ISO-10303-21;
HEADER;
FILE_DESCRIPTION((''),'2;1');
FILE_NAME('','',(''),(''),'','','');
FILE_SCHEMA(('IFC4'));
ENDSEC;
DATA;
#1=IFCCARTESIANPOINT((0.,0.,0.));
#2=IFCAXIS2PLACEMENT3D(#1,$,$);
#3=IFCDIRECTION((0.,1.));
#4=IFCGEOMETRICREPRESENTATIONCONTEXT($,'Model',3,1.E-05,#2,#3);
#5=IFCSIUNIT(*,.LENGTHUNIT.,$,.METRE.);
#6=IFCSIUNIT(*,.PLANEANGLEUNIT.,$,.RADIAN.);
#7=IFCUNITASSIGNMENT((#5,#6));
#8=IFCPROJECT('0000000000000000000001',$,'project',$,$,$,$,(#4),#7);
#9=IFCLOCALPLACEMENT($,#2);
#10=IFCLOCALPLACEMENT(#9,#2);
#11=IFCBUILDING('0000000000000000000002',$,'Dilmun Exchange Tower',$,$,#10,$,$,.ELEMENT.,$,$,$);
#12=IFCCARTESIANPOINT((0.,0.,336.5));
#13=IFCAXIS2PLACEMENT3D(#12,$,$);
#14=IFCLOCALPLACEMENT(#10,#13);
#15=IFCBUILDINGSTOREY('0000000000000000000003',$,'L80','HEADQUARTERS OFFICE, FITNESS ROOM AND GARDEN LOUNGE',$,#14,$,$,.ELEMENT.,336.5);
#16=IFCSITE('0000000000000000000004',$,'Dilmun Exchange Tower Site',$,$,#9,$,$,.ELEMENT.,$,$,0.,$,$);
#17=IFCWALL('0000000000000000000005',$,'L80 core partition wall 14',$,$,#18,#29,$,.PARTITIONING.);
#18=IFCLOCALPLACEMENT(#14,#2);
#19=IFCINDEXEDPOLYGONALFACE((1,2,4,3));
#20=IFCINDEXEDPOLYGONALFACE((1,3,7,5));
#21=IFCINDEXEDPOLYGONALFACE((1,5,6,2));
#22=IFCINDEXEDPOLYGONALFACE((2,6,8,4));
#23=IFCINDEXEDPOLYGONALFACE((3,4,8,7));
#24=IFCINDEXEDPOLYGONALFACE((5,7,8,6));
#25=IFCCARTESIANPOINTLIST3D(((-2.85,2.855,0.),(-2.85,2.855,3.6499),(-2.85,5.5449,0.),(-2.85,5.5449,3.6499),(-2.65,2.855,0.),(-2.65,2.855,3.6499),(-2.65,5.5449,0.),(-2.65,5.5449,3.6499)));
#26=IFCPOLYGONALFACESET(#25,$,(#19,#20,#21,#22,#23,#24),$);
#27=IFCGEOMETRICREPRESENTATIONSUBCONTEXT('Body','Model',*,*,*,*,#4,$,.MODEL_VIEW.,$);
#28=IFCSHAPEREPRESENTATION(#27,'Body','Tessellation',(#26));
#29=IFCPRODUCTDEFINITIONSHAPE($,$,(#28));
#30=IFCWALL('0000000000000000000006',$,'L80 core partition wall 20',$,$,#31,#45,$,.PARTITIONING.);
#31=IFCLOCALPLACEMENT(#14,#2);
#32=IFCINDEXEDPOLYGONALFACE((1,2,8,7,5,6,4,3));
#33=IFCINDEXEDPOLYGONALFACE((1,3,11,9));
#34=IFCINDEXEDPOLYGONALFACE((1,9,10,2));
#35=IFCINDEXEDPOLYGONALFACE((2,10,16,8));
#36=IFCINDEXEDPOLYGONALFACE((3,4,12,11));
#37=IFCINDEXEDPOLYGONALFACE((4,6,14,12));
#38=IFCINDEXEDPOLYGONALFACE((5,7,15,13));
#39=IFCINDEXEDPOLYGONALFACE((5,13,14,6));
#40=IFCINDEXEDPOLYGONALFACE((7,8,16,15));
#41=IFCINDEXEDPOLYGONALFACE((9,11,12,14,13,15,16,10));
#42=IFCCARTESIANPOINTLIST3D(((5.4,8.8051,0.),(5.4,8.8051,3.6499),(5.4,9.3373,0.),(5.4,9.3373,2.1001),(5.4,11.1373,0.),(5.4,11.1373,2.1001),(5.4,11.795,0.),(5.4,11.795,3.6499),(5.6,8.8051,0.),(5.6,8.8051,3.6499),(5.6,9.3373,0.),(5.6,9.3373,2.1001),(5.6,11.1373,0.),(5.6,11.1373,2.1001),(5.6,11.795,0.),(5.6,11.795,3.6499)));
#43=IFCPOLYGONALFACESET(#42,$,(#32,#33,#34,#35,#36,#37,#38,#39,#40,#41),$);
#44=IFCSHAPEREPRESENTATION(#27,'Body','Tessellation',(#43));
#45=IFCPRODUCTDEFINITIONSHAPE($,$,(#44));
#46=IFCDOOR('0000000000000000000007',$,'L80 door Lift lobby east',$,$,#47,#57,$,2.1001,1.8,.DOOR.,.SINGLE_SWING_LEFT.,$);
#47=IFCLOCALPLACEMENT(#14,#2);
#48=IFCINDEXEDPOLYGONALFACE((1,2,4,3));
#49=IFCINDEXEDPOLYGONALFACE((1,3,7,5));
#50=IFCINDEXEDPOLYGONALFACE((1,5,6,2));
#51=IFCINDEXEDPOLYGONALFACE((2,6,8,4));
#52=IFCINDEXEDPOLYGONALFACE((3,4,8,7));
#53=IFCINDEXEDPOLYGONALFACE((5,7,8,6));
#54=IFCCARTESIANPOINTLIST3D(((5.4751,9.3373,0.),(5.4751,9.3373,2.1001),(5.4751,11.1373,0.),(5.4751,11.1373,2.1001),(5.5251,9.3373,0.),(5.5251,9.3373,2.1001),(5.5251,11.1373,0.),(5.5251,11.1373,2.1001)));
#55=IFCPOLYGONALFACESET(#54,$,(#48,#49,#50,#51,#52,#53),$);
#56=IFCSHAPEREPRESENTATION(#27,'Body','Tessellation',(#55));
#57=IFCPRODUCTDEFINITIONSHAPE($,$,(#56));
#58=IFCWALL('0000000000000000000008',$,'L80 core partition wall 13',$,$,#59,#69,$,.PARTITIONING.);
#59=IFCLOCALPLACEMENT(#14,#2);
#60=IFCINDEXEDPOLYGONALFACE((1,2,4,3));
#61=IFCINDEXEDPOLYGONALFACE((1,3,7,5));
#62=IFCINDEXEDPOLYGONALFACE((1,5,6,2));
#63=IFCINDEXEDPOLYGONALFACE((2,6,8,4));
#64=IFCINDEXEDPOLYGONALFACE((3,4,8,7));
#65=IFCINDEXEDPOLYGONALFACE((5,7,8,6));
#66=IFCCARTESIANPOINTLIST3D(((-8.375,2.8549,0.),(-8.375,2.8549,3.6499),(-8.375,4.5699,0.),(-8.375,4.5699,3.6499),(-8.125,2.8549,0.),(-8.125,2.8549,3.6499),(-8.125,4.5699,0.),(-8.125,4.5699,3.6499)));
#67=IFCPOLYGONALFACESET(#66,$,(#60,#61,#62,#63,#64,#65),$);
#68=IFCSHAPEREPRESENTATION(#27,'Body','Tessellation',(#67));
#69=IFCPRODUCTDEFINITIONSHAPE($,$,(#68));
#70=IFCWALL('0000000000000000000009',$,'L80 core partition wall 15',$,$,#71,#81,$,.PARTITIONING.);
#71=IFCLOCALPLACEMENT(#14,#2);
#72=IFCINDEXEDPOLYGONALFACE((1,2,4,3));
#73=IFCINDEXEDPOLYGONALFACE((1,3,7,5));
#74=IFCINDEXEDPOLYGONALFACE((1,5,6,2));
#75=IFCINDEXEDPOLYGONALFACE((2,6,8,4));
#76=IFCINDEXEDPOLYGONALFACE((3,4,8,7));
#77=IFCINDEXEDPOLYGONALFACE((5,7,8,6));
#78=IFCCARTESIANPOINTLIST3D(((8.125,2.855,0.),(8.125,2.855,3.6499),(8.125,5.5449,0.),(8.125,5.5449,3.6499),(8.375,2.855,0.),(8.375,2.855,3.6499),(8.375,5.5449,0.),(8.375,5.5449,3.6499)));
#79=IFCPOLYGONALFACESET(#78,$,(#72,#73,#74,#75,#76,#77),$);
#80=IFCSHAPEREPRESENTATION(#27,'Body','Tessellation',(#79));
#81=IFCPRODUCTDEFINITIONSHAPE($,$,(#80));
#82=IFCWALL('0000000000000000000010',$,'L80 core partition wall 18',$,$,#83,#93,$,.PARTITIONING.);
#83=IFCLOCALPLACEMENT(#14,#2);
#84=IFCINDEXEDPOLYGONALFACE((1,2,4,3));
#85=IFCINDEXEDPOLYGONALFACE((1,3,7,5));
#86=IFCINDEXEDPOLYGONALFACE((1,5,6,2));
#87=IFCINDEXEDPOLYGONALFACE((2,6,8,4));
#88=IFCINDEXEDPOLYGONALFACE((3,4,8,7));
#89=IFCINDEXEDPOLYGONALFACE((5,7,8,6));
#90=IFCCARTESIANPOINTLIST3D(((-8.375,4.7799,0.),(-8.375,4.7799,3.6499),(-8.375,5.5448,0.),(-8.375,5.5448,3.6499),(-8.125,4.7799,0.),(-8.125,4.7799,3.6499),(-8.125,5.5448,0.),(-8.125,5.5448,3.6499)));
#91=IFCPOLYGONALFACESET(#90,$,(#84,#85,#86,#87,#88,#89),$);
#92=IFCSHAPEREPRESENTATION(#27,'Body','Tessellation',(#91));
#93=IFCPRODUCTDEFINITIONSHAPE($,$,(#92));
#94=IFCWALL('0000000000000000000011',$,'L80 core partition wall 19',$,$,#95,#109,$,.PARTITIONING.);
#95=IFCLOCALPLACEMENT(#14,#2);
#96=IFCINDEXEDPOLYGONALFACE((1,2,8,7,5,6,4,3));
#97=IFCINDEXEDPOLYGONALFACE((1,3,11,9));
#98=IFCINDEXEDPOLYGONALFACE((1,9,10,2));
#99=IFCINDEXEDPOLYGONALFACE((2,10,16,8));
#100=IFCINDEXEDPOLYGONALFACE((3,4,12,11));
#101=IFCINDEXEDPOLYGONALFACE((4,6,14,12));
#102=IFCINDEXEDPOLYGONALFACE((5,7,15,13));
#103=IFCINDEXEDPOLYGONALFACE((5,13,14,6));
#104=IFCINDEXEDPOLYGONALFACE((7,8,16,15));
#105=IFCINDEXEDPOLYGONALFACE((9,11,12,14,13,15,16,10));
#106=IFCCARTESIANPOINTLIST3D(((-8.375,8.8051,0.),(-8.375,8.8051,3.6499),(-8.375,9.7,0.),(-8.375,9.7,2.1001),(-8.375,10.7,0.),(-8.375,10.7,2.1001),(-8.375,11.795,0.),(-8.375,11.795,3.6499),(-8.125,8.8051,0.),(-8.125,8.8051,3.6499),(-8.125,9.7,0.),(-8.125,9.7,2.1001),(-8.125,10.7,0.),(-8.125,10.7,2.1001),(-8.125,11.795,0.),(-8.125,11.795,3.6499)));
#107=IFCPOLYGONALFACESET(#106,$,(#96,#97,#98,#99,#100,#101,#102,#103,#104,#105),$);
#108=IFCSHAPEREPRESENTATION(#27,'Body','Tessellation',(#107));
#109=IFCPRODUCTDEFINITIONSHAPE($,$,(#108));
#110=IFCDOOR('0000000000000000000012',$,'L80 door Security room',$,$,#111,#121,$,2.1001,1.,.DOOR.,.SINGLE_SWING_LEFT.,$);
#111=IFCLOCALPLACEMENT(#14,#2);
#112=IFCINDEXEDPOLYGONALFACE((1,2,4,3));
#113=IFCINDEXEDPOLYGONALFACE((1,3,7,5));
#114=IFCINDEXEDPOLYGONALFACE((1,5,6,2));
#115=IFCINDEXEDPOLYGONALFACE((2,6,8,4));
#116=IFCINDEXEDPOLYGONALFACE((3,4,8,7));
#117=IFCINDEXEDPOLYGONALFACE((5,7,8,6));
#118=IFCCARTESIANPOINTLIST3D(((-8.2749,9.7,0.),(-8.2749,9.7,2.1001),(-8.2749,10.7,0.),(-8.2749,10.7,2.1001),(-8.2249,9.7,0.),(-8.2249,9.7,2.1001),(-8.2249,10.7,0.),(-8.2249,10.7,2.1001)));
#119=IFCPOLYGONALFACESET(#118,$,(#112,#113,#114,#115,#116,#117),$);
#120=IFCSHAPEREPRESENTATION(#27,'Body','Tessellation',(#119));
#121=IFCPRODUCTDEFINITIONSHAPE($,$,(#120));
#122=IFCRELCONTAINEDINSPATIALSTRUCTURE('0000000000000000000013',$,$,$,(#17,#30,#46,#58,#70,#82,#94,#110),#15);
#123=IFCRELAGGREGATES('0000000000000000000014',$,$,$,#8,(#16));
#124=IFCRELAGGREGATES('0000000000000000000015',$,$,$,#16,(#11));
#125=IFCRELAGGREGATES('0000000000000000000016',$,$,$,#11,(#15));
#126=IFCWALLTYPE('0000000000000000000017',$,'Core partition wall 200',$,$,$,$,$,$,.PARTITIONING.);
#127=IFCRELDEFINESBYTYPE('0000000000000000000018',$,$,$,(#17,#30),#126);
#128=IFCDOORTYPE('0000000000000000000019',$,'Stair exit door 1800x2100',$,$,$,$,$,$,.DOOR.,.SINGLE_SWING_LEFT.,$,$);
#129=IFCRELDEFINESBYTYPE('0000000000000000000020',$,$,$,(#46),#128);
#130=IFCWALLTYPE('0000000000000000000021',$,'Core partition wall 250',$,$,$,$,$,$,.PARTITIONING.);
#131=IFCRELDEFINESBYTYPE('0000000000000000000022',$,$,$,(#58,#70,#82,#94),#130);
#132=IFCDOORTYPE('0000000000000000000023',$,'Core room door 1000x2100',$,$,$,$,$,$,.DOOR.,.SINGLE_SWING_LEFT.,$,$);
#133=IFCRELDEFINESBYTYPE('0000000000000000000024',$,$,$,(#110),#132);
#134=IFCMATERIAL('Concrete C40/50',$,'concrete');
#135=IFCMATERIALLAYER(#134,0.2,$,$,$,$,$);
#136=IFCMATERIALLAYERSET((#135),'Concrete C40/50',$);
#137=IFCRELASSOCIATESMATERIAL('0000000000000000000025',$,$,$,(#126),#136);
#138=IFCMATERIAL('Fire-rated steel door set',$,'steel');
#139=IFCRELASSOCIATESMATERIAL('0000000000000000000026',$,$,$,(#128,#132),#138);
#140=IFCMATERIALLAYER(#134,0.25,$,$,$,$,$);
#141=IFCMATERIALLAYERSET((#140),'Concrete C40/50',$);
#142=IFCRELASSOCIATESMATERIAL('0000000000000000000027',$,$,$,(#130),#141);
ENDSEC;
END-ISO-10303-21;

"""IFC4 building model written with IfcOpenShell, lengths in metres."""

from ifc_helpers import new_model, si_unit, direction, frame, frame_2d, origin, place, context, subcontext, project, spatial, rectangle, extrude, material, layer, layer_set, type_object, element, fill, save


model = new_model("IFC4")

# Units and contexts
model_context = context("Model", 3, precision=1e-05, world=origin(), true_north=direction((0.0, 1.0)))
body_context = subcontext(model_context, "Body", "Model", "MODEL_VIEW")
ifc_project = project(units=[si_unit("LENGTHUNIT", "METRE"), si_unit("PLANEANGLEUNIT", "RADIAN")], contexts=[model_context])

# Site, building, storey
site_placement = place(None, origin())
site = spatial("IfcSite", under=ifc_project, at=site_placement, Name="Dilmun Exchange Tower Site", CompositionType="ELEMENT", RefElevation=0.0)
building_placement = place(site_placement, origin())
building = spatial("IfcBuilding", under=site, at=building_placement, Name="Dilmun Exchange Tower", CompositionType="ELEMENT")
storey_placement = place(building_placement, frame((0.0, 0.0, 336.5)))
storey = spatial("IfcBuildingStorey", under=building, at=storey_placement, Name="L80", Description="HEADQUARTERS OFFICE, FITNESS ROOM AND GARDEN LOUNGE", CompositionType="ELEMENT", Elevation=336.5)

# Wall
ifc_material_1 = material(Name="Concrete C40/50", Category="concrete")
ifc_layer_1 = layer(ifc_material_1, 0.2)
ifc_layer_set_1 = layer_set([ifc_layer_1], Name="Concrete C40/50")
wall_type_1 = type_object("IfcWallType", Name="Core partition wall 200", PredefinedType="PARTITIONING", material=ifc_layer_set_1)
wall_1_placement = place(storey_placement, frame((-2.75, 2.855, 0.0), z_axis=(0.0, 0.0, 1.0), x_axis=(0.0, 1.0, 0.0)))
element("IfcWall", 1, at=wall_1_placement, inside=storey, type_object=wall_type_1, Name="L80 core partition wall 14", PredefinedType="PARTITIONING", context=body_context, shape_type="SweptSolid", body=[
    extrude(rectangle(XDim=2.6899, YDim=0.2, at=frame_2d((1.345, 0.0))), origin(), (0.0, 0.0, 1.0), 3.6499),
])

# Wall, opening, door
wall_2_placement = place(storey_placement, frame((5.5, 8.8049, 0.0), z_axis=(0.0, 0.0, 1.0), x_axis=(0.0, 1.0, 0.0)))
wall_2 = element("IfcWall", 2, at=wall_2_placement, inside=storey, type_object=wall_type_1, Name="L80 core partition wall 20", PredefinedType="PARTITIONING", context=body_context, shape_type="SweptSolid", body=[
    extrude(rectangle(XDim=2.99, YDim=0.2, at=frame_2d((1.4951, 0.0))), origin(), (0.0, 0.0, 1.0), 3.6499),
])
opening_1_placement = place(wall_2_placement, frame((0.5325, 0.0, 0.0)))
opening_1 = element("IfcOpeningElement", 3, at=opening_1_placement, cuts=wall_2, PredefinedType="OPENING", context=body_context, shape_type="SweptSolid", body=[
    extrude(rectangle(XDim=1.8, YDim=2.1001, at=frame_2d((0.8999, 1.05))), frame((0.0, 0.1099, 0.0), z_axis=(0.0, -1.0, 0.0), x_axis=(1.0, 0.0, 0.0)), (0.0, 0.0, 1.0), 0.22),
])
ifc_material_2 = material(Name="Fire-rated steel door set", Category="steel")
door_type_1 = type_object("IfcDoorType", Name="Stair exit door 1800x2100", OperationType="SINGLE_SWING_LEFT", PredefinedType="DOOR", material=ifc_material_2)
door_1_placement = place(opening_1_placement, origin())
door_1 = element("IfcDoor", 4, at=door_1_placement, inside=storey, type_object=door_type_1, Name="L80 door Lift lobby east", OperationType="SINGLE_SWING_LEFT", OverallHeight=2.1001, OverallWidth=1.8, PredefinedType="DOOR", context=body_context, shape_type="SweptSolid", body=[
    extrude(rectangle(XDim=1.8, YDim=2.1001, at=frame_2d((0.8999, 1.05))), frame((0.0, 0.0249, 0.0), z_axis=(0.0, -1.0, 0.0), x_axis=(1.0, 0.0, 0.0)), (0.0, 0.0, 1.0), 0.05),
])
fill(opening_1, door_1)

# Walls
ifc_layer_2 = layer(ifc_material_1, 0.25)
ifc_layer_set_2 = layer_set([ifc_layer_2], Name="Concrete C40/50")
wall_type_2 = type_object("IfcWallType", Name="Core partition wall 250", PredefinedType="PARTITIONING", material=ifc_layer_set_2)
wall_3_placement = place(storey_placement, frame((-8.25, 2.855, 0.0), z_axis=(0.0, 0.0, 1.0), x_axis=(0.0, 1.0, 0.0)))
element("IfcWall", 5, at=wall_3_placement, inside=storey, type_object=wall_type_2, Name="L80 core partition wall 13", PredefinedType="PARTITIONING", context=body_context, shape_type="SweptSolid", body=[
    extrude(rectangle(XDim=1.7151, YDim=0.25, at=frame_2d((0.8574, 0.0))), origin(), (0.0, 0.0, 1.0), 3.6499),
])
wall_4_placement = place(storey_placement, frame((8.25, 2.855, 0.0), z_axis=(0.0, 0.0, 1.0), x_axis=(0.0, 1.0, 0.0)))
element("IfcWall", 6, at=wall_4_placement, inside=storey, type_object=wall_type_2, Name="L80 core partition wall 15", PredefinedType="PARTITIONING", context=body_context, shape_type="SweptSolid", body=[
    extrude(rectangle(XDim=2.6899, YDim=0.25, at=frame_2d((1.345, 0.0))), origin(), (0.0, 0.0, 1.0), 3.6499),
])
wall_5_placement = place(storey_placement, frame((-8.25, 4.78, 0.0), z_axis=(0.0, 0.0, 1.0), x_axis=(0.0, 1.0, 0.0)))
element("IfcWall", 7, at=wall_5_placement, inside=storey, type_object=wall_type_2, Name="L80 core partition wall 18", PredefinedType="PARTITIONING", context=body_context, shape_type="SweptSolid", body=[
    extrude(rectangle(XDim=0.7649, YDim=0.25, at=frame_2d((0.3823, 0.0))), origin(), (0.0, 0.0, 1.0), 3.6499),
])

# Wall, opening, door
wall_6_placement = place(storey_placement, frame((-8.25, 8.8049, 0.0), z_axis=(0.0, 0.0, 1.0), x_axis=(0.0, 1.0, 0.0)))
wall_6 = element("IfcWall", 8, at=wall_6_placement, inside=storey, type_object=wall_type_2, Name="L80 core partition wall 19", PredefinedType="PARTITIONING", context=body_context, shape_type="SweptSolid", body=[
    extrude(rectangle(XDim=2.99, YDim=0.25, at=frame_2d((1.4951, 0.0))), origin(), (0.0, 0.0, 1.0), 3.6499),
])
opening_2_placement = place(wall_6_placement, frame((0.895, 0.0, 0.0)))
opening_2 = element("IfcOpeningElement", 9, at=opening_2_placement, cuts=wall_6, PredefinedType="OPENING", context=body_context, shape_type="SweptSolid", body=[
    extrude(rectangle(XDim=1.0, YDim=2.1001, at=frame_2d((0.5, 1.05))), frame((0.0, 0.135, 0.0), z_axis=(0.0, -1.0, 0.0), x_axis=(1.0, 0.0, 0.0)), (0.0, 0.0, 1.0), 0.27),
])
door_type_2 = type_object("IfcDoorType", Name="Core room door 1000x2100", OperationType="SINGLE_SWING_LEFT", PredefinedType="DOOR", material=ifc_material_2)
door_2_placement = place(opening_2_placement, origin())
door_2 = element("IfcDoor", 10, at=door_2_placement, inside=storey, type_object=door_type_2, Name="L80 door Security room", OperationType="SINGLE_SWING_LEFT", OverallHeight=2.1001, OverallWidth=1.0, PredefinedType="DOOR", context=body_context, shape_type="SweptSolid", body=[
    extrude(rectangle(XDim=1.0, YDim=2.1001, at=frame_2d((0.5, 1.05))), frame((0.0, 0.0249, 0.0), z_axis=(0.0, -1.0, 0.0), x_axis=(1.0, 0.0, 0.0)), (0.0, 0.0, 1.0), 0.05),
])
fill(opening_2, door_2)

save(model, "model.ifc")
